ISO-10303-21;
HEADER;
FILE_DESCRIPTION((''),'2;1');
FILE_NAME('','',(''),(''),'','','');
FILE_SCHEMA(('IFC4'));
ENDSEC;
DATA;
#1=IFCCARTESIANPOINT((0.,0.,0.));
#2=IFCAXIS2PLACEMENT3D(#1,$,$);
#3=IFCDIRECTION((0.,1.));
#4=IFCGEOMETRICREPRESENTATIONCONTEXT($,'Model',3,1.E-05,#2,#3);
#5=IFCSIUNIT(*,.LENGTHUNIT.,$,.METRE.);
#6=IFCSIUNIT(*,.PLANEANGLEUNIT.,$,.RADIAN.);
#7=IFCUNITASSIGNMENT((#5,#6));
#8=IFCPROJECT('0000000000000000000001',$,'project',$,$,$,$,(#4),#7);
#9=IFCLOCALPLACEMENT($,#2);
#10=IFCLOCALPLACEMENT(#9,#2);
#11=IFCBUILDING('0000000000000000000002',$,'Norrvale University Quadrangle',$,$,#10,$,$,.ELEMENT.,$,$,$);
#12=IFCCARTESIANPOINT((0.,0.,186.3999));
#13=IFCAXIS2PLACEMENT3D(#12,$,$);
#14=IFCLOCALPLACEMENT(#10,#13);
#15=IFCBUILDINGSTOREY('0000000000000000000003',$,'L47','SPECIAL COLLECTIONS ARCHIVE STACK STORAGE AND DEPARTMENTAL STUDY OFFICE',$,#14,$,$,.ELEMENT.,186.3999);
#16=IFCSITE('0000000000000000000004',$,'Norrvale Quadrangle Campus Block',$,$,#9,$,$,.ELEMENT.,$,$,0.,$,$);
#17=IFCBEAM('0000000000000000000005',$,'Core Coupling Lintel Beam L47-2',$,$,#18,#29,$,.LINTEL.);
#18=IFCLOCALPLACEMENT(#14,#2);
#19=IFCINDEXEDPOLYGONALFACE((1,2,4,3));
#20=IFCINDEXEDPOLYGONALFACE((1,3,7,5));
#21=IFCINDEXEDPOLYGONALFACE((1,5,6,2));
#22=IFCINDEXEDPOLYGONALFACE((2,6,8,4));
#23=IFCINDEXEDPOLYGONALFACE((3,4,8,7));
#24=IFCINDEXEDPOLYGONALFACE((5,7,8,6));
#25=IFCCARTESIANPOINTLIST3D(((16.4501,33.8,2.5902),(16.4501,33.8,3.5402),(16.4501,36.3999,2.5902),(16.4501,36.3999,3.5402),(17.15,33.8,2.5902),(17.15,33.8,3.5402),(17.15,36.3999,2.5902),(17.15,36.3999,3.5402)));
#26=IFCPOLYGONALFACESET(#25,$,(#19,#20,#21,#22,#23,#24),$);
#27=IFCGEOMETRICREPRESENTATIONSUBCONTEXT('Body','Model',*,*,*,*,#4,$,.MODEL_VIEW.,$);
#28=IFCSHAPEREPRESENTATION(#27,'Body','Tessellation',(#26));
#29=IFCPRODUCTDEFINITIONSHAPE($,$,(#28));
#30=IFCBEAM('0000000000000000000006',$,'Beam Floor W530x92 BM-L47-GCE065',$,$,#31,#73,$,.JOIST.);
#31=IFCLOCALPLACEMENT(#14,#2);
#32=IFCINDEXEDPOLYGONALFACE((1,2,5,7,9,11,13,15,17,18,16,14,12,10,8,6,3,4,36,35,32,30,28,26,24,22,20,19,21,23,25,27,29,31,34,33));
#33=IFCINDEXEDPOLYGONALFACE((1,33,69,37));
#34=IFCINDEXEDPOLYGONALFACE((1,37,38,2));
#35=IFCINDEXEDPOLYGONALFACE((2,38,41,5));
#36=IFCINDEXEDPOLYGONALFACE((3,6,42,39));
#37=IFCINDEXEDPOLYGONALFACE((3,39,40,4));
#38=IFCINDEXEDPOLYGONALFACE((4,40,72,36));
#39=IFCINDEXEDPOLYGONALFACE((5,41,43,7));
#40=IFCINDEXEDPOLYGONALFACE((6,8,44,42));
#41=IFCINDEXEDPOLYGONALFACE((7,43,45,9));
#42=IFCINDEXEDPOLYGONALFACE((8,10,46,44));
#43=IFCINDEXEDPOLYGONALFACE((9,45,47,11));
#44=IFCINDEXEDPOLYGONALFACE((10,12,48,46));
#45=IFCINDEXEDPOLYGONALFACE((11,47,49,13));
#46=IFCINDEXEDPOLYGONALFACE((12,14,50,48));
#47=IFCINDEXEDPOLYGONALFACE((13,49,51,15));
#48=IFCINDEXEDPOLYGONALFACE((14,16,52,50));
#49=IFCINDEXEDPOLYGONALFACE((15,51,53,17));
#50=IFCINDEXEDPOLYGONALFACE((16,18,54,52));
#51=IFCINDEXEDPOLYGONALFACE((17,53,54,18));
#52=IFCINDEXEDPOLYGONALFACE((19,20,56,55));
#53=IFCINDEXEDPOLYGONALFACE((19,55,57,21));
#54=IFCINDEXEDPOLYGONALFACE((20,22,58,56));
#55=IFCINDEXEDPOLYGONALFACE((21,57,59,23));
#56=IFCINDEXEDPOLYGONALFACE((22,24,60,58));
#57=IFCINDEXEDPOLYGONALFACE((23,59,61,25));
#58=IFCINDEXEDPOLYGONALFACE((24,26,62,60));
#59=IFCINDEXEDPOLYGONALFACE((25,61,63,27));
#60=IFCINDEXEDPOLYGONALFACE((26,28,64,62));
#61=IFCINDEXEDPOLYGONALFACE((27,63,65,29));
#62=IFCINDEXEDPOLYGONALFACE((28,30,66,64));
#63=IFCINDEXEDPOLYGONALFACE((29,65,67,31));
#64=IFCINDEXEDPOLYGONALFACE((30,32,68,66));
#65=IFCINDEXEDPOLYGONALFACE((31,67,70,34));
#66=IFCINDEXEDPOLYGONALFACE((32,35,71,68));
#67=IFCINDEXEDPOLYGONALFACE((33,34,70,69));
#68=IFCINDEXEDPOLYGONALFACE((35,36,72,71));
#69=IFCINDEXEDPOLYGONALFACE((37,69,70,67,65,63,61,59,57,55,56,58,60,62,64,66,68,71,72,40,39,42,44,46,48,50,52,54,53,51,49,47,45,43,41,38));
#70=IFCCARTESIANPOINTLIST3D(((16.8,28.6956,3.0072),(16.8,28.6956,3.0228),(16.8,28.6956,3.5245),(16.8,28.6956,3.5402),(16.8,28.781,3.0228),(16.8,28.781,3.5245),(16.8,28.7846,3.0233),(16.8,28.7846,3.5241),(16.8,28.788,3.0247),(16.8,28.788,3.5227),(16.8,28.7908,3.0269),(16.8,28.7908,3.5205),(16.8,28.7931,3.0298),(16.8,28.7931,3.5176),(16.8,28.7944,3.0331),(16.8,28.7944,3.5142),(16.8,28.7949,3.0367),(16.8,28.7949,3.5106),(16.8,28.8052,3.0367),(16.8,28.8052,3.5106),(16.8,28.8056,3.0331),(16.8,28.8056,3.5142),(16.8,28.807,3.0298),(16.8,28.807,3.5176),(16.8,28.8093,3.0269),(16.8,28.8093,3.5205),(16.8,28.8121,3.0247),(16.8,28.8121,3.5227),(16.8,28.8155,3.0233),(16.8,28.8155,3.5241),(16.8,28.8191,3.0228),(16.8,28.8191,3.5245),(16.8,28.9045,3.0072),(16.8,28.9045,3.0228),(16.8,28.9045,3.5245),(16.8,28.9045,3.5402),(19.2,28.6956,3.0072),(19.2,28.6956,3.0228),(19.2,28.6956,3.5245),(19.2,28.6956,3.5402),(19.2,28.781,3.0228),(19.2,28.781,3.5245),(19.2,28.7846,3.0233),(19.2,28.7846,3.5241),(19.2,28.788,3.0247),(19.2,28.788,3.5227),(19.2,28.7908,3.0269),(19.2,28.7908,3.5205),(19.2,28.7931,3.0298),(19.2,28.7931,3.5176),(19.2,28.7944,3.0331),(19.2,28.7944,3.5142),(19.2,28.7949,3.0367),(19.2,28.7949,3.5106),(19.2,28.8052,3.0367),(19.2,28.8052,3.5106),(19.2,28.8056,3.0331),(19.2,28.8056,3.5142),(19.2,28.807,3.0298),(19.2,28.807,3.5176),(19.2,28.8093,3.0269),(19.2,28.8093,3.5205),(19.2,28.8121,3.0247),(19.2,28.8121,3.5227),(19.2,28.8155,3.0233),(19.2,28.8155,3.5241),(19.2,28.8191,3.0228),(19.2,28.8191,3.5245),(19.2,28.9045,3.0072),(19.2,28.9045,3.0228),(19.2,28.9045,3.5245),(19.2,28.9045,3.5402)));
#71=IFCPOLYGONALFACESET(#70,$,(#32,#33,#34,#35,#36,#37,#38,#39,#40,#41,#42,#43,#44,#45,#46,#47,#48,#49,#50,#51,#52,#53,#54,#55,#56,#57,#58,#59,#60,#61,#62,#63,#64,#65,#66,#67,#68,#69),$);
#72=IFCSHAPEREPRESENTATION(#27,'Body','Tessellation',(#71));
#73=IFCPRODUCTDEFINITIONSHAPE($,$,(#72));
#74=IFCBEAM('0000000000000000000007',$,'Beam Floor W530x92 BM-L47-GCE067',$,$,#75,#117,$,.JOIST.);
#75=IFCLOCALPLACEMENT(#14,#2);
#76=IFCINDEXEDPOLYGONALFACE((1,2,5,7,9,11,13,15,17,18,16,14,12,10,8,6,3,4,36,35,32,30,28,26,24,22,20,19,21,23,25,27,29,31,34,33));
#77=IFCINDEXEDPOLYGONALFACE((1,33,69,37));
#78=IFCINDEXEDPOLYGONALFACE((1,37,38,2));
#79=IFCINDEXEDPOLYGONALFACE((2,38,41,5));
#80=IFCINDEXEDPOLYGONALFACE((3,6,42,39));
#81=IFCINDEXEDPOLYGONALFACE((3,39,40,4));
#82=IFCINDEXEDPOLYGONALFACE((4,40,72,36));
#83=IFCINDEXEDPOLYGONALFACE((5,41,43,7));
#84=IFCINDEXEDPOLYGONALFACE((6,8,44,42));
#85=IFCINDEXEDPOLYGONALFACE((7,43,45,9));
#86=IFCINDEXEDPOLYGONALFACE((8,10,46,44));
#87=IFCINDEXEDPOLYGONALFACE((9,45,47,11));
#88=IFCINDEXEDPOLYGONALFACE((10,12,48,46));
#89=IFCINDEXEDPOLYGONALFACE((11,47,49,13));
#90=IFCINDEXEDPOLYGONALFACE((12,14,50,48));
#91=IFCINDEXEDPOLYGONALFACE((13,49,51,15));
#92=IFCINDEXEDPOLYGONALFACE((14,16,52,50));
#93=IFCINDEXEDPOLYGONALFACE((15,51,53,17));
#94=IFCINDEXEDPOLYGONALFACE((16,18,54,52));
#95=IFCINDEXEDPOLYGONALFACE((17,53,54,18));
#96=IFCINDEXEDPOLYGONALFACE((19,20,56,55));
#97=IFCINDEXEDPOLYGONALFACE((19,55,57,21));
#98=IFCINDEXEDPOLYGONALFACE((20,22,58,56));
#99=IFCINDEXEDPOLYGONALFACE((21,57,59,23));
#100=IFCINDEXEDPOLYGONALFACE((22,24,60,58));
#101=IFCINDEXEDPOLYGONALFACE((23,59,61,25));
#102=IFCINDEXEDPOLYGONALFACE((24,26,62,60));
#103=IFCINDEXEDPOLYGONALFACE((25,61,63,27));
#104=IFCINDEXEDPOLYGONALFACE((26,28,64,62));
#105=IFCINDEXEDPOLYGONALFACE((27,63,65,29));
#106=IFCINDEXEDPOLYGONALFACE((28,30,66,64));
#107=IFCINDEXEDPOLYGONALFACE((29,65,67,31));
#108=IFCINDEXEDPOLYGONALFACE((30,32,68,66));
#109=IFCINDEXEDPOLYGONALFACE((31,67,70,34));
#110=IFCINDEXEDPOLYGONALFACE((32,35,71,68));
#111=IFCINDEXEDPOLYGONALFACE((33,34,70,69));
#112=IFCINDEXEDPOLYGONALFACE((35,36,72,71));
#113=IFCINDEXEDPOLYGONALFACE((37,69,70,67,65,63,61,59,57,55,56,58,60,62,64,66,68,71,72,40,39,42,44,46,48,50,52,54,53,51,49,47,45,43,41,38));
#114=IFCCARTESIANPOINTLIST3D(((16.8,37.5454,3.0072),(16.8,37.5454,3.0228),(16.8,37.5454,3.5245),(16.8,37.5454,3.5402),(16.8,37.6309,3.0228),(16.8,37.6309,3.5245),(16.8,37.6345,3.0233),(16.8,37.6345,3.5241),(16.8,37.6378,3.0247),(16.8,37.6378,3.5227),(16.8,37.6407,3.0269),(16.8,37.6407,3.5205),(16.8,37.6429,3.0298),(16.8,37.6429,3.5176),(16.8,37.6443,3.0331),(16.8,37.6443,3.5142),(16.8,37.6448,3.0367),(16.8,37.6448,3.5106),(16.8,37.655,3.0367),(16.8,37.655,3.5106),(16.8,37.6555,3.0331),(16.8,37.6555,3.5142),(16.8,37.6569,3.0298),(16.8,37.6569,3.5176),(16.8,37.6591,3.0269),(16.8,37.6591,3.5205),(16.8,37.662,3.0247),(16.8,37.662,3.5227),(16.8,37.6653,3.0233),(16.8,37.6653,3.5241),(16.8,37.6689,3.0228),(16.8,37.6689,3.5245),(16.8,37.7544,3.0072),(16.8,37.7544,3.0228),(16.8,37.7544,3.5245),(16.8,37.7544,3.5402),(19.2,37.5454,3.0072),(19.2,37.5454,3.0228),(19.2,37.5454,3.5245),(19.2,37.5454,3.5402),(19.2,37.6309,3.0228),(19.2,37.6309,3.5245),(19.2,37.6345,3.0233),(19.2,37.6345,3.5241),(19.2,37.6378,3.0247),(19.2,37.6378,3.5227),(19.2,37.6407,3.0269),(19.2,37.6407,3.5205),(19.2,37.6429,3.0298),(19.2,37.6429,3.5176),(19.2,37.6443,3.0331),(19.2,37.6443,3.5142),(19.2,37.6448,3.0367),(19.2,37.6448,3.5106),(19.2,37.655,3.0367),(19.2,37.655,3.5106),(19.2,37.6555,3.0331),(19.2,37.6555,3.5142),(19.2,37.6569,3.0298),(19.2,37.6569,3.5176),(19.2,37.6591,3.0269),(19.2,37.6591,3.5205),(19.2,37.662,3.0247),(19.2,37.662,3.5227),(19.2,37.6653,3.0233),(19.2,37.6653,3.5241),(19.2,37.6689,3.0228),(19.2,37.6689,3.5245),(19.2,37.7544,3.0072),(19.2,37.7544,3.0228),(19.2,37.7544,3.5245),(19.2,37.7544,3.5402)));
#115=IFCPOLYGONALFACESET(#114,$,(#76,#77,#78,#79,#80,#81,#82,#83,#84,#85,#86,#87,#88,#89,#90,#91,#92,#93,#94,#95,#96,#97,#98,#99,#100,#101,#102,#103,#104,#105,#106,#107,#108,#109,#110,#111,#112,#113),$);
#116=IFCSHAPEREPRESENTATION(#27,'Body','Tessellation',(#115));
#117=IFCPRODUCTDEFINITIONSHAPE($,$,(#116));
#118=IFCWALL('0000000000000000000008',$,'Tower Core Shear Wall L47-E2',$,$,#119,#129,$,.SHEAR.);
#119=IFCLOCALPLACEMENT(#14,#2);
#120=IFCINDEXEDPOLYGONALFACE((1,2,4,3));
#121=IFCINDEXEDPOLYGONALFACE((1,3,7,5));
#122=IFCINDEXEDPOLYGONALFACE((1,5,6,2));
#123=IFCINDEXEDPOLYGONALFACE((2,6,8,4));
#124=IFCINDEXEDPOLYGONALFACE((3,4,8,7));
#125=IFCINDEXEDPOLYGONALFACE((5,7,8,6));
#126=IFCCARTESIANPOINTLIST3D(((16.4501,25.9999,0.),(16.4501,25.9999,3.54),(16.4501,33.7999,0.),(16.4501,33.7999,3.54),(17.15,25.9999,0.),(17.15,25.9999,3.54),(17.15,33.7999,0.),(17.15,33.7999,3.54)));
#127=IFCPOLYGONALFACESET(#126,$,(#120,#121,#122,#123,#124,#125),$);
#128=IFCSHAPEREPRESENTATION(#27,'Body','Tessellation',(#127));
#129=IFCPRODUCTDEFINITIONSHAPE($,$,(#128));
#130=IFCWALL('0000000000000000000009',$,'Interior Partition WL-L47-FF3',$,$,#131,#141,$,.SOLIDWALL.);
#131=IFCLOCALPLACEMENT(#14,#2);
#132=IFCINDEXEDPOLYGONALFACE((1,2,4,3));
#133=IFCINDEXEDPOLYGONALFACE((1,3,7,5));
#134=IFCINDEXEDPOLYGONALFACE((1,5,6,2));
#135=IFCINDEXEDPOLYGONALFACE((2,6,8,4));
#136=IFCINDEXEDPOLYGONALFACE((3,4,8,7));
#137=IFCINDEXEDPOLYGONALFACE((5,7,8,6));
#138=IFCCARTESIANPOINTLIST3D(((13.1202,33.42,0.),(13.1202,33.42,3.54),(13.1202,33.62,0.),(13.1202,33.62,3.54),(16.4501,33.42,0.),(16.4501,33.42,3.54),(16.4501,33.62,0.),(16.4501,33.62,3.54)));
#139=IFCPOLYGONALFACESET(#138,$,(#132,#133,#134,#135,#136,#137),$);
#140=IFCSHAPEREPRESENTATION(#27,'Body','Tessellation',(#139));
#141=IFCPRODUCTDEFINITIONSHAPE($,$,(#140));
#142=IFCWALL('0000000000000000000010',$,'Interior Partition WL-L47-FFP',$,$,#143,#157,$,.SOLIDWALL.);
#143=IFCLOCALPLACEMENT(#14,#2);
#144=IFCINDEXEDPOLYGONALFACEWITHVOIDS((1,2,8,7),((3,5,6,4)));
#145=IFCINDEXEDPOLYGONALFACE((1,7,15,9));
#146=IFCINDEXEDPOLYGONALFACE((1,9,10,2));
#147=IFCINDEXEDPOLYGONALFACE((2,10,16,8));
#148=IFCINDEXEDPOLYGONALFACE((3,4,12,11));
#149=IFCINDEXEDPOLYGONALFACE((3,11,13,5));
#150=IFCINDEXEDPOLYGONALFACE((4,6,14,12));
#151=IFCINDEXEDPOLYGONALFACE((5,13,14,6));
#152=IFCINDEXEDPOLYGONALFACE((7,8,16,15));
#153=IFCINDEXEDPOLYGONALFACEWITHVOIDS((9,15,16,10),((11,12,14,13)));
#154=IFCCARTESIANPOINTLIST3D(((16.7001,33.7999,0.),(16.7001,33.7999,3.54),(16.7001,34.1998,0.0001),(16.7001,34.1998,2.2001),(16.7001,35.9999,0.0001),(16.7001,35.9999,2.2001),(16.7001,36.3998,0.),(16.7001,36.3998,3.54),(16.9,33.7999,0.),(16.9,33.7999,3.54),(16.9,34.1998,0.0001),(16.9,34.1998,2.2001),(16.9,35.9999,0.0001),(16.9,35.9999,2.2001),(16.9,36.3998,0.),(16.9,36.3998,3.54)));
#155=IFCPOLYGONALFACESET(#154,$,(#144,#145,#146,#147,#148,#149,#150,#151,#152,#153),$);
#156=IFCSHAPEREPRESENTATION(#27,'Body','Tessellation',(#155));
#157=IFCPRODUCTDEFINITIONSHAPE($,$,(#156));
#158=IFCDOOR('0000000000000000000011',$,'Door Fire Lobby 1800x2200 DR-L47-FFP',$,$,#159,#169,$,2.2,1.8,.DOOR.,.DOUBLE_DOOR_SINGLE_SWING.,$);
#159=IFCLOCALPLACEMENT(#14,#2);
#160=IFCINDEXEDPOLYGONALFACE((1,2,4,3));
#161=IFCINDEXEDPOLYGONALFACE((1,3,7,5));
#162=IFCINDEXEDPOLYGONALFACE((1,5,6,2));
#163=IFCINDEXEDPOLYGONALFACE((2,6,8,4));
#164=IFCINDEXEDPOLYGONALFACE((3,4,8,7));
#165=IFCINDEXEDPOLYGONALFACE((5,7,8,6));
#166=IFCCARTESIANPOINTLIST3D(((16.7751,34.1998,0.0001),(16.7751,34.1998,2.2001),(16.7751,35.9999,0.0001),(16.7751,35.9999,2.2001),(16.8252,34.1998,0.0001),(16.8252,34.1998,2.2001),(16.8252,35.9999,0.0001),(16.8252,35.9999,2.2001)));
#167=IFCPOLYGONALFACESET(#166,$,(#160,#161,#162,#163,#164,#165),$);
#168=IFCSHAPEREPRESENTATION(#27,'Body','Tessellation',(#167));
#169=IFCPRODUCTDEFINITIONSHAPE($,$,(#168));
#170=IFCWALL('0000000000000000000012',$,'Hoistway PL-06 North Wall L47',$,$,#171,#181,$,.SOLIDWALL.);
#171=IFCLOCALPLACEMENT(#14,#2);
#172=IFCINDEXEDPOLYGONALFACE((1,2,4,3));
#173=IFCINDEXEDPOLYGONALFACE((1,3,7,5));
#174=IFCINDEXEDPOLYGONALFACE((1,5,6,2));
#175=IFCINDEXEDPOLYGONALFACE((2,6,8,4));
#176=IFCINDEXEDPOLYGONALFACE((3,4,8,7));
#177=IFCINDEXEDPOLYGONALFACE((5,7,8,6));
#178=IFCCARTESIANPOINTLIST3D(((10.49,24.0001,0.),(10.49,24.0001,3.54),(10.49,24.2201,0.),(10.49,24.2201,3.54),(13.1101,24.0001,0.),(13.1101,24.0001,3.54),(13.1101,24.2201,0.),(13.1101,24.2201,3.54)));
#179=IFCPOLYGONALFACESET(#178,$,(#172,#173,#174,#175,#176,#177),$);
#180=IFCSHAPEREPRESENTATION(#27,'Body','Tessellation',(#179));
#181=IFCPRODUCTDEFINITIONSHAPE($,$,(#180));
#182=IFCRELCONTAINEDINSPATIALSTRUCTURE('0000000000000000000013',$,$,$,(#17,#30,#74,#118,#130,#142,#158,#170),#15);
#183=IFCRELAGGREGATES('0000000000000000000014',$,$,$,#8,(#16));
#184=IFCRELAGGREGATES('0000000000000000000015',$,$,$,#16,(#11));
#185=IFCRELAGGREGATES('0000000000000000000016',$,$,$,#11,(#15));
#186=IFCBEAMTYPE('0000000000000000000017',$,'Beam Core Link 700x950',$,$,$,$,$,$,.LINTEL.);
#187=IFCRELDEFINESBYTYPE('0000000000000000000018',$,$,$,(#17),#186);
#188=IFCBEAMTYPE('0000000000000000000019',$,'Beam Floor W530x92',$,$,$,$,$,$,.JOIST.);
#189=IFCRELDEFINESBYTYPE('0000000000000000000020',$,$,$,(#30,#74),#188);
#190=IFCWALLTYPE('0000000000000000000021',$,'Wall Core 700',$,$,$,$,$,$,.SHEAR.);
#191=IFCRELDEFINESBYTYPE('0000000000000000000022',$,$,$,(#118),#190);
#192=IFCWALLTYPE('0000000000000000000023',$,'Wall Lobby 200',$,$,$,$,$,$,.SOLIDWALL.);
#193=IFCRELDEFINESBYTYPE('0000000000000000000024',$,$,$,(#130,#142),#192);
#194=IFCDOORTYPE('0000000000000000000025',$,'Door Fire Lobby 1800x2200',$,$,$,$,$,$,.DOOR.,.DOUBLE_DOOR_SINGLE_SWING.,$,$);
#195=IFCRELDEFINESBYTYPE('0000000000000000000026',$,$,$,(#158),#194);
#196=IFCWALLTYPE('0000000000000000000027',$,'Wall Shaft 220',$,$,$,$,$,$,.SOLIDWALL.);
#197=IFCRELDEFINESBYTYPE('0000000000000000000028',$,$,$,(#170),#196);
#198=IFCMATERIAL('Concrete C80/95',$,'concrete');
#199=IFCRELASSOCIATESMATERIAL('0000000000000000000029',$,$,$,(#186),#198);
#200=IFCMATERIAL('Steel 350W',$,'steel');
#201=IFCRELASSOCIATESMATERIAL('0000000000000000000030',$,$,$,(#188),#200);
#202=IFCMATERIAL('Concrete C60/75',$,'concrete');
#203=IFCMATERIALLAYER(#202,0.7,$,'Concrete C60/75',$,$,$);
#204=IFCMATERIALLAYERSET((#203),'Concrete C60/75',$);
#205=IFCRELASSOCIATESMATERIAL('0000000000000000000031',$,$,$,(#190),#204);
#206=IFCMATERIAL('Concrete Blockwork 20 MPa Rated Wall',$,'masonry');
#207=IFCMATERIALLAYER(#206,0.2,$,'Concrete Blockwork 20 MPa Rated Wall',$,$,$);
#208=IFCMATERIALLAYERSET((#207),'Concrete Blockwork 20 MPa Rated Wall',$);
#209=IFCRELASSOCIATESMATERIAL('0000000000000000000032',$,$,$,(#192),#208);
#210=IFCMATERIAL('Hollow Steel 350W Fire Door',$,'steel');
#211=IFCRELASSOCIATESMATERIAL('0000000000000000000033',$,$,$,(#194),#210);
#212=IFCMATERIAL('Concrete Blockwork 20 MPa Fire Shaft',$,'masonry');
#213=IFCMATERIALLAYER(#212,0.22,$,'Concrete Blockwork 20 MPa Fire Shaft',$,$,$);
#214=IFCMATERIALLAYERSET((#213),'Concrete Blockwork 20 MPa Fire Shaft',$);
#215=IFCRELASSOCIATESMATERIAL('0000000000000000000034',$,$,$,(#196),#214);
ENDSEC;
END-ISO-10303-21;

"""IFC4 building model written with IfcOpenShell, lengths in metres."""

from ifc_helpers import new_model, si_unit, direction, frame, frame_2d, origin, origin_2d, place, context, subcontext, project, spatial, rectangle, i_section, extrude, material, layer, layer_set, material_profile, profile_set, type_object, element, fill, save


model = new_model("IFC4")

# Units and contexts
model_context = context("Model", 3, precision=1e-05, world=origin(), true_north=direction((0.0, 1.0)))
body_context = subcontext(model_context, "Body", "Model", "MODEL_VIEW")
ifc_project = project(units=[si_unit("LENGTHUNIT", "METRE"), si_unit("PLANEANGLEUNIT", "RADIAN")], contexts=[model_context])

# Site, building, storey
site_placement = place(None, origin())
site = spatial("IfcSite", under=ifc_project, at=site_placement, Name="Norrvale Quadrangle Campus Block", CompositionType="ELEMENT", RefElevation=0.0)
building_placement = place(site_placement, origin())
building = spatial("IfcBuilding", under=site, at=building_placement, Name="Norrvale University Quadrangle", CompositionType="ELEMENT")
storey_placement = place(building_placement, frame((0.0, 0.0, 186.3999)))
storey = spatial("IfcBuildingStorey", under=building, at=storey_placement, Name="L47", Description="SPECIAL COLLECTIONS ARCHIVE STACK STORAGE AND DEPARTMENTAL STUDY OFFICE", CompositionType="ELEMENT", Elevation=186.3999)

# Beams
ifc_material_1 = material(Name="Concrete C80/95", Category="concrete")
ifc_material_profile_1 = material_profile(ifc_material_1, rectangle(XDim=0.7, YDim=0.95, at=origin_2d()), Name="Concrete C80/95")
ifc_profile_set_1 = profile_set([ifc_material_profile_1], Name="Concrete C80/95")
beam_type_1 = type_object("IfcBeamType", Name="Beam Core Link 700x950", PredefinedType="LINTEL", material=ifc_profile_set_1)
beam_placement = place(storey_placement, frame((16.8, 33.8, 3.0652), z_axis=(0.0, 1.0, 0.0), x_axis=(-1.0, 0.0, 0.0)))
element("IfcBeam", 1, at=beam_placement, inside=storey, type_object=beam_type_1, Name="Core Coupling Lintel Beam L47-2", PredefinedType="LINTEL", context=body_context, shape_type="SweptSolid", body=[
    extrude(rectangle(XDim=0.7, YDim=0.95, at=origin_2d()), origin(), (0.0, 0.0, 1.0), 2.5999),
])
ifc_material_2 = material(Name="Steel 350W", Category="steel")
ifc_material_profile_2 = material_profile(ifc_material_2, i_section(OverallWidth=0.209, OverallDepth=0.533, WebThickness=0.0103, FlangeThickness=0.0156, FilletRadius=0.0139, at=origin_2d()), Name="Steel 350W")
ifc_profile_set_2 = profile_set([ifc_material_profile_2], Name="Steel 350W")
beam_type_2 = type_object("IfcBeamType", Name="Beam Floor W530x92", PredefinedType="JOIST", material=ifc_profile_set_2)
for number, where, z_axis, x_axis, name in (
    (2, (16.8, 28.8, 3.2737), (1.0, 0.0, 0.0), (0.0, 1.0, 0.0), "Beam Floor W530x92 BM-L47-GCE065"),
    (3, (16.8, 37.6499, 3.2737), (1.0, 0.0, 0.0), (0.0, 1.0, 0.0), "Beam Floor W530x92 BM-L47-GCE067"),
):
    element("IfcBeam", number, at=place(storey_placement, frame(where, z_axis=z_axis, x_axis=x_axis)), inside=storey, type_object=beam_type_2, Name=name, PredefinedType="JOIST", context=body_context, shape_type="SweptSolid", body=[
        extrude(i_section(OverallWidth=0.209, OverallDepth=0.533, WebThickness=0.0103, FlangeThickness=0.0156, FilletRadius=0.0139, at=origin_2d()), origin(), (0.0, 0.0, 1.0), 2.3999),
    ])

# Wall
ifc_material_3 = material(Name="Concrete C60/75", Category="concrete")
ifc_layer_1 = layer(ifc_material_3, 0.7, Name="Concrete C60/75")
ifc_layer_set_1 = layer_set([ifc_layer_1], Name="Concrete C60/75")
wall_type_1 = type_object("IfcWallType", Name="Wall Core 700", PredefinedType="SHEAR", material=ifc_layer_set_1)
wall_1_placement = place(storey_placement, frame((16.8, 26.0, 0.0), z_axis=(0.0, 0.0, 1.0), x_axis=(0.0, 1.0, 0.0)))
element("IfcWall", 4, at=wall_1_placement, inside=storey, type_object=wall_type_1, Name="Tower Core Shear Wall L47-E2", PredefinedType="SHEAR", context=body_context, shape_type="SweptSolid", body=[
    extrude(rectangle(XDim=7.8, YDim=0.7, at=frame_2d((3.8999, 0.0))), origin(), (0.0, 0.0, 1.0), 3.54),
])

# Wall
ifc_material_4 = material(Name="Concrete Blockwork 20 MPa Rated Wall", Category="masonry")
ifc_layer_2 = layer(ifc_material_4, 0.2, Name="Concrete Blockwork 20 MPa Rated Wall")
ifc_layer_set_2 = layer_set([ifc_layer_2], Name="Concrete Blockwork 20 MPa Rated Wall")
wall_type_2 = type_object("IfcWallType", Name="Wall Lobby 200", PredefinedType="SOLIDWALL", material=ifc_layer_set_2)
wall_2_placement = place(storey_placement, frame((13.1201, 33.52, 0.0), z_axis=(0.0, 0.0, 1.0), x_axis=(1.0, 0.0, 0.0)))
element("IfcWall", 5, at=wall_2_placement, inside=storey, type_object=wall_type_2, Name="Interior Partition WL-L47-FF3", PredefinedType="SOLIDWALL", context=body_context, shape_type="SweptSolid", body=[
    extrude(rectangle(XDim=3.3298, YDim=0.2, at=frame_2d((1.665, 0.0))), origin(), (0.0, 0.0, 1.0), 3.54),
])

# Wall, opening, door
wall_3_placement = place(storey_placement, frame((16.8, 33.8, 0.0), z_axis=(0.0, 0.0, 1.0), x_axis=(0.0, 1.0, 0.0)))
wall_3 = element("IfcWall", 6, at=wall_3_placement, inside=storey, type_object=wall_type_2, Name="Interior Partition WL-L47-FFP", PredefinedType="SOLIDWALL", context=body_context, shape_type="SweptSolid", body=[
    extrude(rectangle(XDim=2.5999, YDim=0.2, at=frame_2d((1.2998, 0.0))), origin(), (0.0, 0.0, 1.0), 3.54),
])
opening_1_placement = place(wall_3_placement, frame((0.3999, 0.0, 0.0)))
opening_1 = element("IfcOpeningElement", 7, at=opening_1_placement, cuts=wall_3, PredefinedType="OPENING", context=body_context, shape_type="SweptSolid", body=[
    extrude(rectangle(XDim=1.8, YDim=2.2, at=frame_2d((0.8999, 1.1001))), frame((0.0, 0.1121, 0.0), z_axis=(0.0, -1.0, 0.0), x_axis=(1.0, 0.0, 0.0)), (0.0, 0.0, 1.0), 0.2239),
])
ifc_material_5 = material(Name="Hollow Steel 350W Fire Door", Category="steel")
door_type_1 = type_object("IfcDoorType", Name="Door Fire Lobby 1800x2200", OperationType="DOUBLE_DOOR_SINGLE_SWING", PredefinedType="DOOR", material=ifc_material_5)
door_1_placement = place(opening_1_placement, origin())
door_1 = element("IfcDoor", 8, at=door_1_placement, inside=storey, type_object=door_type_1, Name="Door Fire Lobby 1800x2200 DR-L47-FFP", OperationType="DOUBLE_DOOR_SINGLE_SWING", OverallHeight=2.2, OverallWidth=1.8, PredefinedType="DOOR", context=body_context, shape_type="SweptSolid", body=[
    extrude(rectangle(XDim=1.8, YDim=2.2, at=frame_2d((0.8999, 1.1001))), frame((0.0, 0.0249, 0.0), z_axis=(0.0, -1.0, 0.0), x_axis=(1.0, 0.0, 0.0)), (0.0, 0.0, 1.0), 0.05),
])
fill(opening_1, door_1)

# Wall
ifc_material_6 = material(Name="Concrete Blockwork 20 MPa Fire Shaft", Category="masonry")
ifc_layer_3 = layer(ifc_material_6, 0.22, Name="Concrete Blockwork 20 MPa Fire Shaft")
ifc_layer_set_3 = layer_set([ifc_layer_3], Name="Concrete Blockwork 20 MPa Fire Shaft")
wall_type_3 = type_object("IfcWallType", Name="Wall Shaft 220", PredefinedType="SOLIDWALL", material=ifc_layer_set_3)
wall_4_placement = place(storey_placement, frame((10.49, 24.1101, 0.0), z_axis=(0.0, 0.0, 1.0), x_axis=(1.0, 0.0, 0.0)))
element("IfcWall", 9, at=wall_4_placement, inside=storey, type_object=wall_type_3, Name="Hoistway PL-06 North Wall L47", PredefinedType="SOLIDWALL", context=body_context, shape_type="SweptSolid", body=[
    extrude(rectangle(XDim=2.6201, YDim=0.22, at=frame_2d((1.3101, 0.0))), origin(), (0.0, 0.0, 1.0), 3.54),
])

save(model, "model.ifc")
